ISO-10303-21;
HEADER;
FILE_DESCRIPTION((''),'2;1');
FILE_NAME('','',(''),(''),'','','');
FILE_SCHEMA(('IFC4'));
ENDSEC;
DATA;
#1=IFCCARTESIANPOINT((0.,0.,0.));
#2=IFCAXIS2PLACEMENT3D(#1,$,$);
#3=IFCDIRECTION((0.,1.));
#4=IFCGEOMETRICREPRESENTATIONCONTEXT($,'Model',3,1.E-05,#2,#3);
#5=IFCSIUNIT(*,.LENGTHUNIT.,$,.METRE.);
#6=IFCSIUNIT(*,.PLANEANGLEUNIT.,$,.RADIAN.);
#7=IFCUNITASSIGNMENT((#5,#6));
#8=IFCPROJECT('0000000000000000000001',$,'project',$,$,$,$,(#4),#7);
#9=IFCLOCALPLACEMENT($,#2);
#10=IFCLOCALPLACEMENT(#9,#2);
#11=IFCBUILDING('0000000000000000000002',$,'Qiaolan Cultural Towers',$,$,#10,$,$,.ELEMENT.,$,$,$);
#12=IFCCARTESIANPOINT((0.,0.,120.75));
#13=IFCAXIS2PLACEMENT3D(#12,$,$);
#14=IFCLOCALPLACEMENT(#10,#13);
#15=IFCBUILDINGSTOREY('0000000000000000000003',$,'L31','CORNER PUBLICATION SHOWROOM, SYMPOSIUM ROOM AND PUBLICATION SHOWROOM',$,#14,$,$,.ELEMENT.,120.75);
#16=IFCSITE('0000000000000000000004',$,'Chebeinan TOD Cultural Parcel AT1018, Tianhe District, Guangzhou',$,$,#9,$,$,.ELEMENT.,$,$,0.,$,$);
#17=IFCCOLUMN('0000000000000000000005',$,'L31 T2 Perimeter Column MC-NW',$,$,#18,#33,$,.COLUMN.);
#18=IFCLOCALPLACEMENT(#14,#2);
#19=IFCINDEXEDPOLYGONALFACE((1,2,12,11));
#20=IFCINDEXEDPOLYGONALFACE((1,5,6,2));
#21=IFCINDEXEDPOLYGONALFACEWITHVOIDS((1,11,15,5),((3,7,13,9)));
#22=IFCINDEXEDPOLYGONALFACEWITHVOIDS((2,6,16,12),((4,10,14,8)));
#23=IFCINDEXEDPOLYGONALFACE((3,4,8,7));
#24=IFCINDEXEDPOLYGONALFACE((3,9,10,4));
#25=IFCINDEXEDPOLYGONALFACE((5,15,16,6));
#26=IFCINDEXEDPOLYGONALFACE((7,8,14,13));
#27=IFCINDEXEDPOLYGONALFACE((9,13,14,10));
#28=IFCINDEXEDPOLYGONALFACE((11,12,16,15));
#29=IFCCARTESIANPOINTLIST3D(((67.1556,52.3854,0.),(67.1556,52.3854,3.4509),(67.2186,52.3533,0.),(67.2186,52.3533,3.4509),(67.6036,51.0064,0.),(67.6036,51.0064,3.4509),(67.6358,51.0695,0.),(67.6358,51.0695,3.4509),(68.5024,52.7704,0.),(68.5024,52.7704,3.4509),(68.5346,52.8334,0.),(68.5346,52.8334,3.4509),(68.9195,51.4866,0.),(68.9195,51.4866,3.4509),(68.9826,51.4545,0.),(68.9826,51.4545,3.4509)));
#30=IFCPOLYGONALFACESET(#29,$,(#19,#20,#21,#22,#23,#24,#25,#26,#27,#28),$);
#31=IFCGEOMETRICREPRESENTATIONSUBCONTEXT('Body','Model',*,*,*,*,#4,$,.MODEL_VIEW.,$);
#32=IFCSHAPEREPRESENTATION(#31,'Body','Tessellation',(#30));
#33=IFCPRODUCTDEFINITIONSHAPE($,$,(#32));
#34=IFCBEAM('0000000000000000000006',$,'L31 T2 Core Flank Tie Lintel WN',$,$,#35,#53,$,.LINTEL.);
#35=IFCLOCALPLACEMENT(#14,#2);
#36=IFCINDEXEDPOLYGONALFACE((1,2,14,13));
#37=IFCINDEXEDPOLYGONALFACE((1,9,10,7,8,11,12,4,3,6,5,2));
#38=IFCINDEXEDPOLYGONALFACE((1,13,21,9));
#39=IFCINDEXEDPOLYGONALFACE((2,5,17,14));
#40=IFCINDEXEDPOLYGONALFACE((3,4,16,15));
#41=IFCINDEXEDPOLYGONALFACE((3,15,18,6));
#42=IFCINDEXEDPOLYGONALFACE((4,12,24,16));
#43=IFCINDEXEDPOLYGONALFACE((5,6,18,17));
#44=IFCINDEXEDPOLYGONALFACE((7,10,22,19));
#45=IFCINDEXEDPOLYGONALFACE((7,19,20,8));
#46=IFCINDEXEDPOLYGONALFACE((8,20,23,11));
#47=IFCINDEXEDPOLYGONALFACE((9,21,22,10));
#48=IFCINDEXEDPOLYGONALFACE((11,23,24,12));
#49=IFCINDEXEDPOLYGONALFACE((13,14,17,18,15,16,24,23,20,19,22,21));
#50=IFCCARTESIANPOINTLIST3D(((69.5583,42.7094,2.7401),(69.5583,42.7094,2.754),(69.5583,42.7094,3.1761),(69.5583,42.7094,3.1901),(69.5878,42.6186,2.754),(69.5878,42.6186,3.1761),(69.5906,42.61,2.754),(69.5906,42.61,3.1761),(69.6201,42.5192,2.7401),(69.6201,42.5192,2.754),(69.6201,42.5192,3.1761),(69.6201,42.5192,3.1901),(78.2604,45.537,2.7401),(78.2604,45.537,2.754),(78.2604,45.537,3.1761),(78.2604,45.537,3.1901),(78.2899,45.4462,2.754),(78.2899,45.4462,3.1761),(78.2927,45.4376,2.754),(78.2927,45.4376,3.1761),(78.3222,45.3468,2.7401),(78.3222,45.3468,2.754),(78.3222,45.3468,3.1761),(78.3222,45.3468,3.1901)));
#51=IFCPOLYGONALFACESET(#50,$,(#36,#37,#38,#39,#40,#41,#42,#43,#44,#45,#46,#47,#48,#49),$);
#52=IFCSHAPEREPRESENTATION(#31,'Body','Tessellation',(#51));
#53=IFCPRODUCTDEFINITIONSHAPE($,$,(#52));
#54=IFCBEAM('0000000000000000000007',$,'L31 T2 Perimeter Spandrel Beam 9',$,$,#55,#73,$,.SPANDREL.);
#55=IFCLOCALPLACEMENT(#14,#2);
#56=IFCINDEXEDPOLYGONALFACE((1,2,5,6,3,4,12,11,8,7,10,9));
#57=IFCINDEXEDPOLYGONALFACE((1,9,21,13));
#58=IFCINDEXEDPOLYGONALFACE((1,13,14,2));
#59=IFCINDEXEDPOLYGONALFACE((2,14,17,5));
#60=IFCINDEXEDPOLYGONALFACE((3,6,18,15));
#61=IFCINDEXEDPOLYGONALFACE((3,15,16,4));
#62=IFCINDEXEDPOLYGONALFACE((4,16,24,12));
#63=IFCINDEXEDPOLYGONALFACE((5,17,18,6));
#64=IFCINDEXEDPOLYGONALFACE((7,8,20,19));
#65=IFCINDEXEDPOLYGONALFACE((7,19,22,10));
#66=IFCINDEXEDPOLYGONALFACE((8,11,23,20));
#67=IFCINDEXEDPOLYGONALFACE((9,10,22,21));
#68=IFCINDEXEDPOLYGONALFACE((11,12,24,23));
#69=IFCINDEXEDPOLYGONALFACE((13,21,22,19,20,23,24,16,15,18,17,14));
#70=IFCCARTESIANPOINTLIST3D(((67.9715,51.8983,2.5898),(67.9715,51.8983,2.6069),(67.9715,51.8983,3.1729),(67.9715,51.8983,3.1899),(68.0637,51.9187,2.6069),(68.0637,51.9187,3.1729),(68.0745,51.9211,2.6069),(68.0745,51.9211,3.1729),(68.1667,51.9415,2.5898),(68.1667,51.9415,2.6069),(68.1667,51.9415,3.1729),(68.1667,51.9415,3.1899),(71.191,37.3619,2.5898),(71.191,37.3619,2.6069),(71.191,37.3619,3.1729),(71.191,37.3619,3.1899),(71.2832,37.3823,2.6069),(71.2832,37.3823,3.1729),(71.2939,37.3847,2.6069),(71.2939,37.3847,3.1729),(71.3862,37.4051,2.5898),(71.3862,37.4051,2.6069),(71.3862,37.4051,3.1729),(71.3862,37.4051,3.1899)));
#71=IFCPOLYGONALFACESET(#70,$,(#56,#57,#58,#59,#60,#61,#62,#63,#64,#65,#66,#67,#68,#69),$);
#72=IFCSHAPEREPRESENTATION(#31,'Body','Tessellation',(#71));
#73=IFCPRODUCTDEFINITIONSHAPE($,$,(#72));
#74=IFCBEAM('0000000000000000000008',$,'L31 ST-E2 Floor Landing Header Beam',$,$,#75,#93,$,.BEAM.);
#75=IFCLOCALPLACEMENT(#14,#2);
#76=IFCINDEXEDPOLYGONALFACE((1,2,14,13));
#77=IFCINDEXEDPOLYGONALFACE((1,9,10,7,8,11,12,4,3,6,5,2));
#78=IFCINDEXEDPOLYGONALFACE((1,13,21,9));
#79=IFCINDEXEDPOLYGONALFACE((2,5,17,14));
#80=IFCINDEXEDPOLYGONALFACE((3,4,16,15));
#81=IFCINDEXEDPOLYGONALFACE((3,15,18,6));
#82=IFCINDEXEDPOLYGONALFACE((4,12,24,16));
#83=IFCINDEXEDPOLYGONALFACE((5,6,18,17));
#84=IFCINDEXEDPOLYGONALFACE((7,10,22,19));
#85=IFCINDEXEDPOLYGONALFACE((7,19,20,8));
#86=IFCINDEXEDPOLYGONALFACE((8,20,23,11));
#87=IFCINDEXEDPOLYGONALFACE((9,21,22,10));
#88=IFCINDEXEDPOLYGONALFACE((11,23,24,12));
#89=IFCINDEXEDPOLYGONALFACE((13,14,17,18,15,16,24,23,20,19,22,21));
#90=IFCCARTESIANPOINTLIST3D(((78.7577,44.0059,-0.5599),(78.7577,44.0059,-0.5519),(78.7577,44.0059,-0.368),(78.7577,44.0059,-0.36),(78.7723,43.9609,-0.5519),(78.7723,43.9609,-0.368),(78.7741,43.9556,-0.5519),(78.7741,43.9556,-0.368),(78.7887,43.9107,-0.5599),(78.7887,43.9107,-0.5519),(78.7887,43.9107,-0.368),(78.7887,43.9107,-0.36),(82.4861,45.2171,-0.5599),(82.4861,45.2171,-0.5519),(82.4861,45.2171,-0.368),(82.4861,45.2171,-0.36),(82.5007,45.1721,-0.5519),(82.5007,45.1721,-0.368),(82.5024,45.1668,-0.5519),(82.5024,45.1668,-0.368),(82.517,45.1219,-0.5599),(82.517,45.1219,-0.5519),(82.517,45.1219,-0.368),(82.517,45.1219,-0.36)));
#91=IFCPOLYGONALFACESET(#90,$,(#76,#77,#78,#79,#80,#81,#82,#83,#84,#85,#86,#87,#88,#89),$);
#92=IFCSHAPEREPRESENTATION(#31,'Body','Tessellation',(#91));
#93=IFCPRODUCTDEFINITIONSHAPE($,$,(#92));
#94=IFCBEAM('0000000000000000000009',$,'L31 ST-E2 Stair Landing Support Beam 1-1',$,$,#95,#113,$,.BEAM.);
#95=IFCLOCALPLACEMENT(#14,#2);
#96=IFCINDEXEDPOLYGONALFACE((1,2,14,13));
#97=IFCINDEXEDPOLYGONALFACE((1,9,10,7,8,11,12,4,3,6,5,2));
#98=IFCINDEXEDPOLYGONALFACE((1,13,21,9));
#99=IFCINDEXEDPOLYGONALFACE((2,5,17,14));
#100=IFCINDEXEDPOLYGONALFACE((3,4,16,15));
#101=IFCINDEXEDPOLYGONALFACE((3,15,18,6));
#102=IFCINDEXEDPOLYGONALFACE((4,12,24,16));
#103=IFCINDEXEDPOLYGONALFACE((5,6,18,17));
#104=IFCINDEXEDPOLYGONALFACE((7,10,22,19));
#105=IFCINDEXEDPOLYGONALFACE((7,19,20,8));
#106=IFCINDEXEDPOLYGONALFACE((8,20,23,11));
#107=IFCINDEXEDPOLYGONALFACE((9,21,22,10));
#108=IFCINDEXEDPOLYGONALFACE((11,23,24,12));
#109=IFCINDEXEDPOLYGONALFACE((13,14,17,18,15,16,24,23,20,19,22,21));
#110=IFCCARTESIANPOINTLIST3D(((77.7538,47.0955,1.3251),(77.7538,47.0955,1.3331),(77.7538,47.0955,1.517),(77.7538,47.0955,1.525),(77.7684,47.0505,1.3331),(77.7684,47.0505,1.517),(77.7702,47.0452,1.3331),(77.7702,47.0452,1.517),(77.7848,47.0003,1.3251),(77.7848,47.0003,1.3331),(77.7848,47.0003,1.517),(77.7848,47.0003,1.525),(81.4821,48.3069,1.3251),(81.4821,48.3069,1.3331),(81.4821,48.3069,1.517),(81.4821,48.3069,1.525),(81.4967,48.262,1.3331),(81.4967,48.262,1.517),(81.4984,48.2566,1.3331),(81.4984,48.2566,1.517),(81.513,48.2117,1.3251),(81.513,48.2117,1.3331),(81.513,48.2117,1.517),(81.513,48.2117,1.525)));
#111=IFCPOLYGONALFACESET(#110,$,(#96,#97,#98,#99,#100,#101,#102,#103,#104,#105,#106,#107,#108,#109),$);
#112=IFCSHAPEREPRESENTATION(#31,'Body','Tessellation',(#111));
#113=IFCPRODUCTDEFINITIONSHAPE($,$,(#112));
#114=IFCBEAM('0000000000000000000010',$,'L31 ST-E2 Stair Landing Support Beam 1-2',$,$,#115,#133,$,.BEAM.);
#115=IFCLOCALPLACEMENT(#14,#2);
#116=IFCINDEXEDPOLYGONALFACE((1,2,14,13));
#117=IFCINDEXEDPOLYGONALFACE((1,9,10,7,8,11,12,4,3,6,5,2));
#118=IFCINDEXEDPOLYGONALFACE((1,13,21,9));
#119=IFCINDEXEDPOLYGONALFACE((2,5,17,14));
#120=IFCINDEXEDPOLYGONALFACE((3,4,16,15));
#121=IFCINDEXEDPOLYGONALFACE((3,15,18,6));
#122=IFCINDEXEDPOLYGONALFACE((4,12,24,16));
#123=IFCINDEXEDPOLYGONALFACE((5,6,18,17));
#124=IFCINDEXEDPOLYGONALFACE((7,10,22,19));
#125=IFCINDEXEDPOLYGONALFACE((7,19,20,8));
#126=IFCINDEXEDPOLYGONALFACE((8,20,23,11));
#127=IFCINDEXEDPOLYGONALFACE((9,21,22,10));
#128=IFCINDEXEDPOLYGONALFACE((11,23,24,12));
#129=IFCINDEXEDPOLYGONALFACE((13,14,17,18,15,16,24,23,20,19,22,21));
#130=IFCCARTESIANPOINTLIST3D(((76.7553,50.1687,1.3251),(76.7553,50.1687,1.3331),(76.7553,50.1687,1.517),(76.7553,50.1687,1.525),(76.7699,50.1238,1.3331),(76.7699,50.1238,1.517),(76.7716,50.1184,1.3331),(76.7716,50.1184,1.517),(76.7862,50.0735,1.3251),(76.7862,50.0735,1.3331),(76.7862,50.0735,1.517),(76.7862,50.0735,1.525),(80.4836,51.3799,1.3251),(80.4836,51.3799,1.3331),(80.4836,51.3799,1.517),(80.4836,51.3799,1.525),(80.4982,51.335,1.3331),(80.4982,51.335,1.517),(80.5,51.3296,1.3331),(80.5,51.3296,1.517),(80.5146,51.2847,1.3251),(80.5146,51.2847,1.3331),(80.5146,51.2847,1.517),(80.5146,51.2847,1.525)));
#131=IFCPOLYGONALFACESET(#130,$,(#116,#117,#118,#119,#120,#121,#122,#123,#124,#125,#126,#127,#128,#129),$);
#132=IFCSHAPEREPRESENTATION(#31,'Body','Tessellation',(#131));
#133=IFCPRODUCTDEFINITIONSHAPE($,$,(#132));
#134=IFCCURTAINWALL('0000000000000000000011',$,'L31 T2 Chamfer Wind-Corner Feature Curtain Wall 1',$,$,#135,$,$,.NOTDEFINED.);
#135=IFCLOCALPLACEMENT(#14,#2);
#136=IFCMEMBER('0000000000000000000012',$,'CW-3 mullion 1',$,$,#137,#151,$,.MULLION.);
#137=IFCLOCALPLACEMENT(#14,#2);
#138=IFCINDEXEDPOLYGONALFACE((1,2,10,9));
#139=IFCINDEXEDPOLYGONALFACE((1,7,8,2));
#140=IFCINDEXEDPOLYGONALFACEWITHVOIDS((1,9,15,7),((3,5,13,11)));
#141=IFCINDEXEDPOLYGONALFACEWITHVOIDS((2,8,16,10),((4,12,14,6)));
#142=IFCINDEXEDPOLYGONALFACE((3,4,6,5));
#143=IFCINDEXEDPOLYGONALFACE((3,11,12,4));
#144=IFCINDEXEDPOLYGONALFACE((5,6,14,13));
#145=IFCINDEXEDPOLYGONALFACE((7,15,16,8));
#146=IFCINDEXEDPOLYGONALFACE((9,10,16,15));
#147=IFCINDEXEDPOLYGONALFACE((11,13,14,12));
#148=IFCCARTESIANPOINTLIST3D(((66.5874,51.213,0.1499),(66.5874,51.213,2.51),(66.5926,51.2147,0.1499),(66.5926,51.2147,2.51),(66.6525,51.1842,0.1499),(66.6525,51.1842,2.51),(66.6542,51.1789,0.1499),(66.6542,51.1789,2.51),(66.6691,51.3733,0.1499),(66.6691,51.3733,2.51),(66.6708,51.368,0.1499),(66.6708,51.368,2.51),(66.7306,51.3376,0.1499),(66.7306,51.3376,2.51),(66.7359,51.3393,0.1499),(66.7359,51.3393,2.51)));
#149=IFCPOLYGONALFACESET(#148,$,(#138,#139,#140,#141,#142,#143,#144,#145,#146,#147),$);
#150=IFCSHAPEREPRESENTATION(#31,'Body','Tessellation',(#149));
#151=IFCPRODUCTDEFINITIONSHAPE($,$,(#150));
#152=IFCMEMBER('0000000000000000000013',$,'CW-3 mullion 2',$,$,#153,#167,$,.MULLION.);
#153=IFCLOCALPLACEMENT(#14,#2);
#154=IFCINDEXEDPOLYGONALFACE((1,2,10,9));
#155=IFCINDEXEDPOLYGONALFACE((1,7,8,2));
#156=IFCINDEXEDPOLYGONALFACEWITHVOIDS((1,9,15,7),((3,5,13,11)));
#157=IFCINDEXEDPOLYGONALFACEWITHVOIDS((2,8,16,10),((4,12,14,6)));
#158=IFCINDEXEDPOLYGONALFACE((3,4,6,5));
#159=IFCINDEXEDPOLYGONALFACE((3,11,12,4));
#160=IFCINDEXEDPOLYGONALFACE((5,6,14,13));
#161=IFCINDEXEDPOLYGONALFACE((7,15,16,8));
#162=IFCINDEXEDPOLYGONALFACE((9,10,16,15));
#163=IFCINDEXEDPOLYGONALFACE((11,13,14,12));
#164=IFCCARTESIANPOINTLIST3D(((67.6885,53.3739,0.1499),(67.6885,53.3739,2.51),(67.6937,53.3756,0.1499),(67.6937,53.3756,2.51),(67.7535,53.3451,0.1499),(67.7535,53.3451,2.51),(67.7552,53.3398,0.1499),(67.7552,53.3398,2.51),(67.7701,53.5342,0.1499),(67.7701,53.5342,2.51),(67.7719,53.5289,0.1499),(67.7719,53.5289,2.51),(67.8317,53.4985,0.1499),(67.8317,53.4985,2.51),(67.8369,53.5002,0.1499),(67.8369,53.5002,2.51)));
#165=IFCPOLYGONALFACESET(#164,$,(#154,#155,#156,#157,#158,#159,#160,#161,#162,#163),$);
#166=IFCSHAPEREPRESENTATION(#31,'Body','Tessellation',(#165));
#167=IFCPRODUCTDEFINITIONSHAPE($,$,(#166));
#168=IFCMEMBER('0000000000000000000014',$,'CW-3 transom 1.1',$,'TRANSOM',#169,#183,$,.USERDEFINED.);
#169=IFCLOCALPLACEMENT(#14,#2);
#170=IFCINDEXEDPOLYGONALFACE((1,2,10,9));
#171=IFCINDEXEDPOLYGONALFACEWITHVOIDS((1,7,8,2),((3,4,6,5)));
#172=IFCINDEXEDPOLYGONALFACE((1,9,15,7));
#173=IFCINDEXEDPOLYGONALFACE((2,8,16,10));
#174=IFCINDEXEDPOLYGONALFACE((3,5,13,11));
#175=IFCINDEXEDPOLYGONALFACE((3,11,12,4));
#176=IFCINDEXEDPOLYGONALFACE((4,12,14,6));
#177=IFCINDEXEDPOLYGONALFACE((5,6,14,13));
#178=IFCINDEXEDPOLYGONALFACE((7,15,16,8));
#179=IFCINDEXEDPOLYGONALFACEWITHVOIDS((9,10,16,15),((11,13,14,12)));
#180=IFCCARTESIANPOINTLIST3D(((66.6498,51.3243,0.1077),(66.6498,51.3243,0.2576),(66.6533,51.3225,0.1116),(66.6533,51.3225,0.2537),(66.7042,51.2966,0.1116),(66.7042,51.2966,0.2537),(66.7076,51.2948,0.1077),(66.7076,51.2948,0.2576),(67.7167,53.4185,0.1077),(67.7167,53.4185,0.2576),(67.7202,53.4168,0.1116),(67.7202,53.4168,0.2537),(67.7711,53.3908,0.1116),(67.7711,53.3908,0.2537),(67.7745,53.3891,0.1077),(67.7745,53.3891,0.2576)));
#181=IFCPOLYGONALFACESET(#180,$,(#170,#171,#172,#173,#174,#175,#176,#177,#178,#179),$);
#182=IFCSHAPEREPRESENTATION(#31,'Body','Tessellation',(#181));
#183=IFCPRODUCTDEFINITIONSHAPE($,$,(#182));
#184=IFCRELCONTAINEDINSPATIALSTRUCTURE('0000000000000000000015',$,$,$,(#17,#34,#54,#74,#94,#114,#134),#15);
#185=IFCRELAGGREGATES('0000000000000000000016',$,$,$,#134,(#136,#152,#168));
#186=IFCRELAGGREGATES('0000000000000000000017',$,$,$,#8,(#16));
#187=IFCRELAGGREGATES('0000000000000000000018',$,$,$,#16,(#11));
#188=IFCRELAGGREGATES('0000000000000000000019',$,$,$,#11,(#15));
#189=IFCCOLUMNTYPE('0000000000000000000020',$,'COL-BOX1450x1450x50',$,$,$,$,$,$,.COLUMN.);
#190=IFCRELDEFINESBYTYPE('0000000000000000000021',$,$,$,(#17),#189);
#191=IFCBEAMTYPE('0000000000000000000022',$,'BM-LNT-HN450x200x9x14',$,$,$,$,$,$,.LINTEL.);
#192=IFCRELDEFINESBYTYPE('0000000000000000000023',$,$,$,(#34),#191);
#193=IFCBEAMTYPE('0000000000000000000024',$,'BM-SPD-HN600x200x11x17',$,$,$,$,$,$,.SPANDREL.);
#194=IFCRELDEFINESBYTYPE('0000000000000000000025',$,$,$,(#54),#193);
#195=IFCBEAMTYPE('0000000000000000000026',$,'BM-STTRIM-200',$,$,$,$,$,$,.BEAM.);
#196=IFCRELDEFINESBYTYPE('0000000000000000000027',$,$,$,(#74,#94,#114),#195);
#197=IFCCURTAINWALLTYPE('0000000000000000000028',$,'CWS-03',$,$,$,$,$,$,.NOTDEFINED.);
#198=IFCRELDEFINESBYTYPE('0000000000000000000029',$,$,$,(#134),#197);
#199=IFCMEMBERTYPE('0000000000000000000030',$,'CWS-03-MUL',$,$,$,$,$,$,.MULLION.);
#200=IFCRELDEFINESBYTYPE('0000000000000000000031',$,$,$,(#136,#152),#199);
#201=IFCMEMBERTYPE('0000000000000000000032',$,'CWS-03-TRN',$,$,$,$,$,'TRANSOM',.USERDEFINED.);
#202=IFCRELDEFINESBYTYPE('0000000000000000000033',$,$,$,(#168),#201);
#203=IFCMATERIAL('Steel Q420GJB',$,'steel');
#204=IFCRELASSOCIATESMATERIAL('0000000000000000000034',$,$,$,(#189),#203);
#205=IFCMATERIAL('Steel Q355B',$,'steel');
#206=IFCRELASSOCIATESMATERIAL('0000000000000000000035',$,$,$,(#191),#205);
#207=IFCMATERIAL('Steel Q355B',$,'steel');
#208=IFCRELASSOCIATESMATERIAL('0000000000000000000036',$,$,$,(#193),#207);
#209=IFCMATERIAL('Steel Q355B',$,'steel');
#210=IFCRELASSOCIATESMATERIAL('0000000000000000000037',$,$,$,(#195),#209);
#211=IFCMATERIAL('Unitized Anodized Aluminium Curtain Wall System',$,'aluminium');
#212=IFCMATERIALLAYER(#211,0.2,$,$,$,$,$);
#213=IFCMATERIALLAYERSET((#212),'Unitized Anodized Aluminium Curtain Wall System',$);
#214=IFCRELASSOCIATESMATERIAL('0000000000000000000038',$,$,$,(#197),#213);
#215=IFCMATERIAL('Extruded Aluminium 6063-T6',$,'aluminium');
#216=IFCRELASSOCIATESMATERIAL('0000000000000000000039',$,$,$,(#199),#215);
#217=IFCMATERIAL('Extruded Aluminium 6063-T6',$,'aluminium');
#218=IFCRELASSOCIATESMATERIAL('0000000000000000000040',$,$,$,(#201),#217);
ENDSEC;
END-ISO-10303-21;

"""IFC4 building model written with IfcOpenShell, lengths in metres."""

from ifc_helpers import new_model, si_unit, direction, frame, origin, origin_2d, place, context, subcontext, project, spatial, hollow_rectangle, i_section, extrude, material, layer, layer_set, material_profile, profile_set, type_object, element, aggregate, save


model = new_model("IFC4")

# Units and contexts
model_context = context("Model", 3, precision=1e-05, world=origin(), true_north=direction((0.0, 1.0)))
body_context = subcontext(model_context, "Body", "Model", "MODEL_VIEW")
ifc_project = project(units=[si_unit("LENGTHUNIT", "METRE"), si_unit("PLANEANGLEUNIT", "RADIAN")], contexts=[model_context])

# Site, building, storey
site_placement = place(None, origin())
site = spatial("IfcSite", under=ifc_project, at=site_placement, Name="Chebeinan TOD Cultural Parcel AT1018, Tianhe District, Guangzhou", CompositionType="ELEMENT", RefElevation=0.0)
building_placement = place(site_placement, origin())
building = spatial("IfcBuilding", under=site, at=building_placement, Name="Qiaolan Cultural Towers", CompositionType="ELEMENT")
storey_placement = place(building_placement, frame((0.0, 0.0, 120.75)))
storey = spatial("IfcBuildingStorey", under=building, at=storey_placement, Name="L31", Description="CORNER PUBLICATION SHOWROOM, SYMPOSIUM ROOM AND PUBLICATION SHOWROOM", CompositionType="ELEMENT", Elevation=120.75)

# Column
ifc_material_1 = material(Name="Steel Q420GJB", Category="steel")
ifc_material_profile_1 = material_profile(ifc_material_1, hollow_rectangle(XDim=1.45, YDim=1.45, WallThickness=0.05, at=origin_2d()), Name="BOX1450x1450x50")
ifc_profile_set_1 = profile_set([ifc_material_profile_1], Name="Steel Q420GJB")
column_type = type_object("IfcColumnType", Name="COL-BOX1450x1450x50", PredefinedType="COLUMN", material=ifc_profile_set_1)
column_placement = place(storey_placement, frame((68.0691, 51.9199, 0.0), z_axis=(0.0, 0.0, 1.0), x_axis=(0.951057, 0.309017, 0.0)))
element("IfcColumn", 1, at=column_placement, inside=storey, type_object=column_type, Name="L31 T2 Perimeter Column MC-NW", PredefinedType="COLUMN", context=body_context, shape_type="SweptSolid", body=[
    extrude(hollow_rectangle(XDim=1.45, YDim=1.45, WallThickness=0.05, at=origin_2d()), origin(), (0.0, 0.0, 1.0), 3.4509),
])

# Beams
ifc_material_2 = material(Name="Steel Q355B", Category="steel")
ifc_material_profile_2 = material_profile(ifc_material_2, i_section(OverallWidth=0.2, OverallDepth=0.45, WebThickness=0.009, FlangeThickness=0.0139, at=origin_2d()), Name="HN450x200x9x14")
ifc_profile_set_2 = profile_set([ifc_material_profile_2], Name="Steel Q355B")
beam_type_1 = type_object("IfcBeamType", Name="BM-LNT-HN450x200x9x14", PredefinedType="LINTEL", material=ifc_profile_set_2)
beam_1_placement = place(storey_placement, frame((78.2913, 45.4419, 2.9651), z_axis=(-0.951052, -0.309031, 0.0), x_axis=(0.309031, -0.951052, 0.0)))
element("IfcBeam", 2, at=beam_1_placement, inside=storey, type_object=beam_type_1, Name="L31 T2 Core Flank Tie Lintel WN", PredefinedType="LINTEL", context=body_context, shape_type="SweptSolid", body=[
    extrude(i_section(OverallWidth=0.2, OverallDepth=0.45, WebThickness=0.009, FlangeThickness=0.0139, at=origin_2d()), origin(), (0.0, 0.0, 1.0), 9.1499),
])
ifc_material_3 = material(Name="Steel Q355B", Category="steel")
ifc_material_profile_3 = material_profile(ifc_material_3, i_section(OverallWidth=0.2, OverallDepth=0.6001, WebThickness=0.011, FlangeThickness=0.0171, at=origin_2d()), Name="HN600x200x11x17")
ifc_profile_set_3 = profile_set([ifc_material_profile_3], Name="Steel Q355B")
beam_type_2 = type_object("IfcBeamType", Name="BM-SPD-HN600x200x11x17", PredefinedType="SPANDREL", material=ifc_profile_set_3)
beam_2_placement = place(storey_placement, frame((68.0691, 51.9199, 2.8899), z_axis=(0.216238, -0.976341, 0.0), x_axis=(0.976341, 0.216238, 0.0)))
element("IfcBeam", 3, at=beam_2_placement, inside=storey, type_object=beam_type_2, Name="L31 T2 Perimeter Spandrel Beam 9", PredefinedType="SPANDREL", context=body_context, shape_type="SweptSolid", body=[
    extrude(i_section(OverallWidth=0.2, OverallDepth=0.6001, WebThickness=0.011, FlangeThickness=0.0171, at=origin_2d()), origin(), (0.0, 0.0, 1.0), 14.8887),
])
ifc_material_4 = material(Name="Steel Q355B", Category="steel")
ifc_material_profile_4 = material_profile(ifc_material_4, i_section(OverallWidth=0.1001, OverallDepth=0.2, WebThickness=0.0056, FlangeThickness=0.0081, at=origin_2d()), Name="HN200x100x5.5x8")
ifc_profile_set_4 = profile_set([ifc_material_profile_4], Name="Steel Q355B")
beam_type_3 = type_object("IfcBeamType", Name="BM-STTRIM-200", PredefinedType="BEAM", material=ifc_profile_set_4)
for number, where, z_axis, x_axis, name in (
    (4, (78.7732, 43.9583, -0.46), (0.951072, 0.308969, 0.0), (-0.308969, 0.951072, 0.0), "L31 ST-E2 Floor Landing Header Beam"),
    (5, (77.7693, 47.0479, 1.425), (0.951054, 0.309026, 0.0), (-0.309026, 0.951054, 0.0), "L31 ST-E2 Stair Landing Support Beam 1-1"),
    (6, (76.7708, 50.1211, 1.425), (0.951072, 0.308969, 0.0), (-0.308969, 0.951072, 0.0), "L31 ST-E2 Stair Landing Support Beam 1-2"),
):
    element("IfcBeam", number, at=place(storey_placement, frame(where, z_axis=z_axis, x_axis=x_axis)), inside=storey, type_object=beam_type_3, Name=name, PredefinedType="BEAM", context=body_context, shape_type="SweptSolid", body=[
        extrude(i_section(OverallWidth=0.1001, OverallDepth=0.2, WebThickness=0.0056, FlangeThickness=0.0081, at=origin_2d()), origin(), (0.0, 0.0, 1.0), 3.9202),
    ])

# Curtain wall, members
ifc_material_5 = material(Name="Unitized Anodized Aluminium Curtain Wall System", Category="aluminium")
ifc_layer_1 = layer(ifc_material_5, 0.2)
ifc_layer_set_1 = layer_set([ifc_layer_1], Name="Unitized Anodized Aluminium Curtain Wall System")
curtain_wall_type = type_object("IfcCurtainWallType", Name="CWS-03", PredefinedType="NOTDEFINED", material=ifc_layer_set_1)
curtain_wall_placement = place(storey_placement, origin())
curtain_wall = element("IfcCurtainWall", 7, at=curtain_wall_placement, inside=storey, type_object=curtain_wall_type, Name="L31 T2 Chamfer Wind-Corner Feature Curtain Wall 1", PredefinedType="NOTDEFINED")
ifc_material_6 = material(Name="Extruded Aluminium 6063-T6", Category="aluminium")
ifc_material_profile_5 = material_profile(ifc_material_6, hollow_rectangle(XDim=0.075, YDim=0.1799, WallThickness=0.0039, at=origin_2d()), Name="CWM-180x75x4")
ifc_profile_set_5 = profile_set([ifc_material_profile_5], Name="Extruded Aluminium 6063-T6")
member_type_1 = type_object("IfcMemberType", Name="CWS-03-MUL", PredefinedType="MULLION", material=ifc_profile_set_5)
member_1_placement = place(storey_placement, frame((66.6616, 51.2761, 0.1499), z_axis=(0.0, 0.0, 1.0), x_axis=(-0.891006, 0.453991, 0.0)))
member_1 = element("IfcMember", 8, at=member_1_placement, type_object=member_type_1, Name="CW-3 mullion 1", PredefinedType="MULLION", context=body_context, shape_type="SweptSolid", body=[
    extrude(hollow_rectangle(XDim=0.075, YDim=0.1799, WallThickness=0.0039, at=origin_2d()), origin(), (0.0, 0.0, 1.0), 2.3601),
])
member_2_placement = place(storey_placement, frame((67.7627, 53.437, 0.1499), z_axis=(0.0, 0.0, 1.0), x_axis=(-0.891006, 0.453991, 0.0)))
member_2 = element("IfcMember", 9, at=member_2_placement, type_object=member_type_1, Name="CW-3 mullion 2", PredefinedType="MULLION", context=body_context, shape_type="SweptSolid", body=[
    extrude(hollow_rectangle(XDim=0.075, YDim=0.1799, WallThickness=0.0039, at=origin_2d()), origin(), (0.0, 0.0, 1.0), 2.3601),
])
ifc_material_7 = material(Name="Extruded Aluminium 6063-T6", Category="aluminium")
ifc_material_profile_6 = material_profile(ifc_material_7, hollow_rectangle(XDim=0.0649, YDim=0.1499, WallThickness=0.0039, at=origin_2d()), Name="CWT-150x65x4")
ifc_profile_set_6 = profile_set([ifc_material_profile_6], Name="Extruded Aluminium 6063-T6")
member_type_2 = type_object("IfcMemberType", Name="CWS-03-TRN", ElementType="TRANSOM", PredefinedType="USERDEFINED", material=ifc_profile_set_6)
member_3_placement = place(storey_placement, frame((66.6787, 51.3096, 0.1826), z_axis=(0.453932, 0.891036, 0.0), x_axis=(-0.891036, 0.453932, 0.0)))
member_3 = element("IfcMember", 10, at=member_3_placement, type_object=member_type_2, Name="CW-3 transom 1.1", ObjectType="TRANSOM", PredefinedType="USERDEFINED", context=body_context, shape_type="SweptSolid", body=[
    extrude(hollow_rectangle(XDim=0.0649, YDim=0.1499, WallThickness=0.0039, at=origin_2d()), origin(), (0.0, 0.0, 1.0), 2.3503),
])

aggregate(curtain_wall, [member_1, member_2, member_3])

save(model, "model.ifc")
